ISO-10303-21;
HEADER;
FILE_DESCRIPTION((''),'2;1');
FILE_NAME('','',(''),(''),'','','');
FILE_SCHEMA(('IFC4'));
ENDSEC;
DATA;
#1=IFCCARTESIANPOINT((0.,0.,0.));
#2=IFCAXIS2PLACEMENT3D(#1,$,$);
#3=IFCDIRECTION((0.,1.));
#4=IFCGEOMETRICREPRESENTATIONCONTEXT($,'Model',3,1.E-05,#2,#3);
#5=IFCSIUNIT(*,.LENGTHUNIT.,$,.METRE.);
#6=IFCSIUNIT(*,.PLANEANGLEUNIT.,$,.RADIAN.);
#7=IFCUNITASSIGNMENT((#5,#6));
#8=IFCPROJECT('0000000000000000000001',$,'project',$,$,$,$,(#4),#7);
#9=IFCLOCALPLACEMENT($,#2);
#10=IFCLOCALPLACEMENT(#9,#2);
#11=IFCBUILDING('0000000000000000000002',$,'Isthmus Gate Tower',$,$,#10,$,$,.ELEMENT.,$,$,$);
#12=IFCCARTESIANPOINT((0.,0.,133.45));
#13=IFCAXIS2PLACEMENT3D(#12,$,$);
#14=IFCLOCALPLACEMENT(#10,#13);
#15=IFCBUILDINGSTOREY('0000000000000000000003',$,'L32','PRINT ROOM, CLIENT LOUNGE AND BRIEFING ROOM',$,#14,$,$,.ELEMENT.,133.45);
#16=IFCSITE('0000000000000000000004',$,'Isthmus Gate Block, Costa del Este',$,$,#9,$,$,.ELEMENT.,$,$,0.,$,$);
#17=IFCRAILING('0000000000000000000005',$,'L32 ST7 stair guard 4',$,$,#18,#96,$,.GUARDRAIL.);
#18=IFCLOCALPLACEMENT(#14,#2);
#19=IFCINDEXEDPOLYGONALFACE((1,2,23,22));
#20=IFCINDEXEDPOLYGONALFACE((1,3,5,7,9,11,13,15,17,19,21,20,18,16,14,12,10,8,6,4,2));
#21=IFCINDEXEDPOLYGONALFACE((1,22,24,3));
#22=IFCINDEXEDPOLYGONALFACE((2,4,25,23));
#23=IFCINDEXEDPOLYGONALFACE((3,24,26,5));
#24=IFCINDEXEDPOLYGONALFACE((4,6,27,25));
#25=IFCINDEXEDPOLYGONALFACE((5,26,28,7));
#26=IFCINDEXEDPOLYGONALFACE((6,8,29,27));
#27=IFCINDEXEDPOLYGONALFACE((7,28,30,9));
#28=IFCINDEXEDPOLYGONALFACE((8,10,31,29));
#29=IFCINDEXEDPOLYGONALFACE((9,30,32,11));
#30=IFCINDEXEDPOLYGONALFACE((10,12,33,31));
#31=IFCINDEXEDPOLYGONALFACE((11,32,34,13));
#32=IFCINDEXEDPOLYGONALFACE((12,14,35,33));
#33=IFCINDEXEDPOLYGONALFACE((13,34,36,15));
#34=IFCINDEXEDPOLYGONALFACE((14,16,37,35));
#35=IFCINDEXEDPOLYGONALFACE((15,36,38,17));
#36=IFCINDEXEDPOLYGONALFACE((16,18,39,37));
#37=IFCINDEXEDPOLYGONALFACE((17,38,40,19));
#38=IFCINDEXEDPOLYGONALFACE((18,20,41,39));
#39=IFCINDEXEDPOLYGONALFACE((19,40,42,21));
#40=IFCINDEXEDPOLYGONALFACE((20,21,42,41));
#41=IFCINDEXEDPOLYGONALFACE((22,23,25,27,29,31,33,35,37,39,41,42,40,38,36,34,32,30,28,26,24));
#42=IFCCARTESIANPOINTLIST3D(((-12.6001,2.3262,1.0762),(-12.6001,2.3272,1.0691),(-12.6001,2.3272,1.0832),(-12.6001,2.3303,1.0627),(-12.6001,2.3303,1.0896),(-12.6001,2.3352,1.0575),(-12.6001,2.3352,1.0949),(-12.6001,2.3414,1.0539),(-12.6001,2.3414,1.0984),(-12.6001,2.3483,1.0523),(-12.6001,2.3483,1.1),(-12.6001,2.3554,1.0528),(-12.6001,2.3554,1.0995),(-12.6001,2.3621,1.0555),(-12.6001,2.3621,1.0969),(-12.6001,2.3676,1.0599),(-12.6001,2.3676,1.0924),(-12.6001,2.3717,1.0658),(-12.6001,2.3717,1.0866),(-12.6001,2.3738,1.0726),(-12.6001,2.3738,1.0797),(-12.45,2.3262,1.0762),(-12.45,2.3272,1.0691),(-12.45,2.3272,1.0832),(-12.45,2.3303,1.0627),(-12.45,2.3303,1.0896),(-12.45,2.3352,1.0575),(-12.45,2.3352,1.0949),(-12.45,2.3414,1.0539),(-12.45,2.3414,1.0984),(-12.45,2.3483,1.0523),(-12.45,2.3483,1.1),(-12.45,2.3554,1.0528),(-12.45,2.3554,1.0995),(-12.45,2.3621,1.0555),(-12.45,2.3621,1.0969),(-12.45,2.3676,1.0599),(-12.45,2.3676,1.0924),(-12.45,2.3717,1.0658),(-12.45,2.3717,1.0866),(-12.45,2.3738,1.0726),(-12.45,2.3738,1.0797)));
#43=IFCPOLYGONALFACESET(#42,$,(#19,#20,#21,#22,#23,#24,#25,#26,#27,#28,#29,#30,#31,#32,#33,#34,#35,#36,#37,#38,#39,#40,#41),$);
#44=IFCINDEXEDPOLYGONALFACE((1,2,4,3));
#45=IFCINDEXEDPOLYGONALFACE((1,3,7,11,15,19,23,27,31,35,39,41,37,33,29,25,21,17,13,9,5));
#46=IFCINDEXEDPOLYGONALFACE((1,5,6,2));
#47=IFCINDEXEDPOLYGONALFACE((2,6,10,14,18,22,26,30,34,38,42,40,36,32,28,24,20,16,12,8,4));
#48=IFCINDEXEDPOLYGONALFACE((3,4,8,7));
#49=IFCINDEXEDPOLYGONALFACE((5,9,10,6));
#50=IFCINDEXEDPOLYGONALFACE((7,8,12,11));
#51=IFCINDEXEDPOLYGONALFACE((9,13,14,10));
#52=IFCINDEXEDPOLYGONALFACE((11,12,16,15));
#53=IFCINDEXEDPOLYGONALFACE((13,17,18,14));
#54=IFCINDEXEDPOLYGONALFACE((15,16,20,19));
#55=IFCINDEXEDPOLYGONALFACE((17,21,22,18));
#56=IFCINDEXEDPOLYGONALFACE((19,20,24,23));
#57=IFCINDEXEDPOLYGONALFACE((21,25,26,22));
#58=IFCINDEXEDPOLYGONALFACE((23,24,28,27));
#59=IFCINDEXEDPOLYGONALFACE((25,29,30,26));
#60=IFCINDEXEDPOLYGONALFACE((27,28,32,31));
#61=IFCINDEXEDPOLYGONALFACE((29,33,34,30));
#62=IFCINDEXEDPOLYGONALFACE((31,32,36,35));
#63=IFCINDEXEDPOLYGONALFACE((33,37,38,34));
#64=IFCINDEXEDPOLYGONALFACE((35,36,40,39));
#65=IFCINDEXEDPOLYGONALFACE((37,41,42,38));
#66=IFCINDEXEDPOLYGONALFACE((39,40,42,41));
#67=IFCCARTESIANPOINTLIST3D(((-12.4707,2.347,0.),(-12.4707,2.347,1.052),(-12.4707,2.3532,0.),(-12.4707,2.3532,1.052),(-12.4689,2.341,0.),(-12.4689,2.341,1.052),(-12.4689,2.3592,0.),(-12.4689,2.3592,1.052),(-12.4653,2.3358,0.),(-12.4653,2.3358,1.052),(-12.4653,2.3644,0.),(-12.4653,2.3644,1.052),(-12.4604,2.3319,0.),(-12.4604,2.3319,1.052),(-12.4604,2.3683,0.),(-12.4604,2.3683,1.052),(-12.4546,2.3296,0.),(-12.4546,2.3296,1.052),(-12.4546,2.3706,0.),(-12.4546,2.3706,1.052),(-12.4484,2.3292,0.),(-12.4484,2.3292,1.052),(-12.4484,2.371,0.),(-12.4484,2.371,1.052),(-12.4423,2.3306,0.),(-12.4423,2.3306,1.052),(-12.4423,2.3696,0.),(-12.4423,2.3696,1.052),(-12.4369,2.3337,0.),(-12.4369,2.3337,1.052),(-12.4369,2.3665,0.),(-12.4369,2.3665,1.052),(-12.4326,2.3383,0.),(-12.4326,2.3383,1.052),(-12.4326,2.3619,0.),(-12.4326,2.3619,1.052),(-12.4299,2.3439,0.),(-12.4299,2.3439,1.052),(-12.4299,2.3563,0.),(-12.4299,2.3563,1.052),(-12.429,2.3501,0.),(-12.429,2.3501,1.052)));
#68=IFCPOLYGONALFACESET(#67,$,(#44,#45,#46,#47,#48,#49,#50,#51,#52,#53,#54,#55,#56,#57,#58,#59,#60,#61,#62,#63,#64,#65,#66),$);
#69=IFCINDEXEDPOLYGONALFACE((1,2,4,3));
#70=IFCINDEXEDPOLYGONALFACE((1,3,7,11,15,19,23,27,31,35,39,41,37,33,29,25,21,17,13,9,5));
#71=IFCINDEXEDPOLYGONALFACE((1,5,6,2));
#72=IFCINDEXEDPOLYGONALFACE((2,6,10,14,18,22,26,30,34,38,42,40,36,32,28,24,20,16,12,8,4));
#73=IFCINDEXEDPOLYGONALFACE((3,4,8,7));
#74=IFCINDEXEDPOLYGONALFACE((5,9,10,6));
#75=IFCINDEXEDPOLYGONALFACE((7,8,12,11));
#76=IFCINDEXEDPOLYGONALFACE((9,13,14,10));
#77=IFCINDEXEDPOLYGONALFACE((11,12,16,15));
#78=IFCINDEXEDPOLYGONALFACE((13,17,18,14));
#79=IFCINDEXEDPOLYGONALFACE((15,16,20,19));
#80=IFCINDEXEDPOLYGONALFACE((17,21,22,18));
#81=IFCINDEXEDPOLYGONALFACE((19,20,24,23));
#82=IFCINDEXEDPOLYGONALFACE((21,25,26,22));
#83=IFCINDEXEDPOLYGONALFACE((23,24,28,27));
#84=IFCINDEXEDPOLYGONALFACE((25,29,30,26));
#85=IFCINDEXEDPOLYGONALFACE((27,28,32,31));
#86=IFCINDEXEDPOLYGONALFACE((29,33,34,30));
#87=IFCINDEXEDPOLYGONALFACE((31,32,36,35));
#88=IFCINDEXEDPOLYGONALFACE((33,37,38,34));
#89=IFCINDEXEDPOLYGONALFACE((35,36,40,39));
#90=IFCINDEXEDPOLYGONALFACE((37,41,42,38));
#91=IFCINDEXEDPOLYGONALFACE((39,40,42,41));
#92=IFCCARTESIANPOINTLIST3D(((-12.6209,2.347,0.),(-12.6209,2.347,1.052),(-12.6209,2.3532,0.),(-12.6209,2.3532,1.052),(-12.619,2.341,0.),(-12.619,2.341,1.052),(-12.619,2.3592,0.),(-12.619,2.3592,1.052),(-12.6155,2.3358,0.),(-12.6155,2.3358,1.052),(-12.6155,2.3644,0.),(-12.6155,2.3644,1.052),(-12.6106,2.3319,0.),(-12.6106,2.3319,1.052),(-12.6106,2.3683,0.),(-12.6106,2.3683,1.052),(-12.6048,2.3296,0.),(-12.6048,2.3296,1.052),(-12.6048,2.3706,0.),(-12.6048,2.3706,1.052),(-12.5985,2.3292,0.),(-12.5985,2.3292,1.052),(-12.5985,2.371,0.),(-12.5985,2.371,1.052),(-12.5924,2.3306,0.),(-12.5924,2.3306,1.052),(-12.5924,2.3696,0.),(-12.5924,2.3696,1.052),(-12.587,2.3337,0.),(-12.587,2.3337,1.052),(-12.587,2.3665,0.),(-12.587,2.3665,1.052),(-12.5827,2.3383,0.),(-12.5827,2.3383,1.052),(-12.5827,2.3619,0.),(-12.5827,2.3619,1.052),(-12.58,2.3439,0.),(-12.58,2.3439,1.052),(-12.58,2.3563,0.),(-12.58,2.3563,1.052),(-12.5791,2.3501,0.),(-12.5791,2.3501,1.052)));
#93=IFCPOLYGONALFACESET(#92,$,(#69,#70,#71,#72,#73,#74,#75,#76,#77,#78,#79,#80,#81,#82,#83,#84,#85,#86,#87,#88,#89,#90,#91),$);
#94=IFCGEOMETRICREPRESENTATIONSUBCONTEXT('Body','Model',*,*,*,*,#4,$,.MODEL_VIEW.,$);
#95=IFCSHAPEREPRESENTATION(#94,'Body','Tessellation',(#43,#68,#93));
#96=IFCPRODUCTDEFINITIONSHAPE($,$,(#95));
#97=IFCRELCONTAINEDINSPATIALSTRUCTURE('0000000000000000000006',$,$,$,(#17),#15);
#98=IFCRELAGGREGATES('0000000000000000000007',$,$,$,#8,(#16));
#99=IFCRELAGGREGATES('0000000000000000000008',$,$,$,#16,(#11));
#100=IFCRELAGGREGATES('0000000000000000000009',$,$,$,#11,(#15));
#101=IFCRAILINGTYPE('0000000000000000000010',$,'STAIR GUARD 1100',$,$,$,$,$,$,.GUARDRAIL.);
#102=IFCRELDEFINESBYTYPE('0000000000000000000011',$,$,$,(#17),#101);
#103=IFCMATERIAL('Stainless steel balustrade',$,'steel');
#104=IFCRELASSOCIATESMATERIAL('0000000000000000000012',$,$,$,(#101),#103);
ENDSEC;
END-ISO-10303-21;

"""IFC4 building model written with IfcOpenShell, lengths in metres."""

from ifc_helpers import new_model, si_unit, direction, frame, origin, origin_2d, place, context, subcontext, project, spatial, circle, extrude, material, type_object, element, save


model = new_model("IFC4")

# Units and contexts
model_context = context("Model", 3, precision=1e-05, world=origin(), true_north=direction((0.0, 1.0)))
body_context = subcontext(model_context, "Body", "Model", "MODEL_VIEW")
ifc_project = project(units=[si_unit("LENGTHUNIT", "METRE"), si_unit("PLANEANGLEUNIT", "RADIAN")], contexts=[model_context])

# Site, building, storey
site_placement = place(None, origin())
site = spatial("IfcSite", under=ifc_project, at=site_placement, Name="Isthmus Gate Block, Costa del Este", CompositionType="ELEMENT", RefElevation=0.0)
building_placement = place(site_placement, origin())
building = spatial("IfcBuilding", under=site, at=building_placement, Name="Isthmus Gate Tower", CompositionType="ELEMENT")
storey_placement = place(building_placement, frame((0.0, 0.0, 133.45)))
storey = spatial("IfcBuildingStorey", under=building, at=storey_placement, Name="L32", Description="PRINT ROOM, CLIENT LOUNGE AND BRIEFING ROOM", CompositionType="ELEMENT", Elevation=133.45)

# Railing
ifc_material_1 = material(Name="Stainless steel balustrade", Category="steel")
railing_type_1 = type_object("IfcRailingType", Name="STAIR GUARD 1100", PredefinedType="GUARDRAIL", material=ifc_material_1)
railing_1_placement = place(storey_placement, frame((-12.45, 2.3501, 0.0)))
element("IfcRailing", 1, at=railing_1_placement, inside=storey, type_object=railing_type_1, Name="L32 ST7 stair guard 4", PredefinedType="GUARDRAIL", context=body_context, shape_type="SweptSolid", body=[
    extrude(circle(Radius=0.0239, at=origin_2d()), frame((0.0, 0.0, 1.0762), z_axis=(-1.0, 0.0, 0.0), x_axis=(0.0, -1.0, 0.0)), (0.0, 0.0, 1.0), 0.1501),
    extrude(circle(Radius=0.021, at=origin_2d()), origin(), (0.0, 0.0, 1.0), 1.052),
    extrude(circle(Radius=0.021, at=origin_2d()), frame((-0.1501, 0.0, 0.0)), (0.0, 0.0, 1.0), 1.052),
])

save(model, "model.ifc")
